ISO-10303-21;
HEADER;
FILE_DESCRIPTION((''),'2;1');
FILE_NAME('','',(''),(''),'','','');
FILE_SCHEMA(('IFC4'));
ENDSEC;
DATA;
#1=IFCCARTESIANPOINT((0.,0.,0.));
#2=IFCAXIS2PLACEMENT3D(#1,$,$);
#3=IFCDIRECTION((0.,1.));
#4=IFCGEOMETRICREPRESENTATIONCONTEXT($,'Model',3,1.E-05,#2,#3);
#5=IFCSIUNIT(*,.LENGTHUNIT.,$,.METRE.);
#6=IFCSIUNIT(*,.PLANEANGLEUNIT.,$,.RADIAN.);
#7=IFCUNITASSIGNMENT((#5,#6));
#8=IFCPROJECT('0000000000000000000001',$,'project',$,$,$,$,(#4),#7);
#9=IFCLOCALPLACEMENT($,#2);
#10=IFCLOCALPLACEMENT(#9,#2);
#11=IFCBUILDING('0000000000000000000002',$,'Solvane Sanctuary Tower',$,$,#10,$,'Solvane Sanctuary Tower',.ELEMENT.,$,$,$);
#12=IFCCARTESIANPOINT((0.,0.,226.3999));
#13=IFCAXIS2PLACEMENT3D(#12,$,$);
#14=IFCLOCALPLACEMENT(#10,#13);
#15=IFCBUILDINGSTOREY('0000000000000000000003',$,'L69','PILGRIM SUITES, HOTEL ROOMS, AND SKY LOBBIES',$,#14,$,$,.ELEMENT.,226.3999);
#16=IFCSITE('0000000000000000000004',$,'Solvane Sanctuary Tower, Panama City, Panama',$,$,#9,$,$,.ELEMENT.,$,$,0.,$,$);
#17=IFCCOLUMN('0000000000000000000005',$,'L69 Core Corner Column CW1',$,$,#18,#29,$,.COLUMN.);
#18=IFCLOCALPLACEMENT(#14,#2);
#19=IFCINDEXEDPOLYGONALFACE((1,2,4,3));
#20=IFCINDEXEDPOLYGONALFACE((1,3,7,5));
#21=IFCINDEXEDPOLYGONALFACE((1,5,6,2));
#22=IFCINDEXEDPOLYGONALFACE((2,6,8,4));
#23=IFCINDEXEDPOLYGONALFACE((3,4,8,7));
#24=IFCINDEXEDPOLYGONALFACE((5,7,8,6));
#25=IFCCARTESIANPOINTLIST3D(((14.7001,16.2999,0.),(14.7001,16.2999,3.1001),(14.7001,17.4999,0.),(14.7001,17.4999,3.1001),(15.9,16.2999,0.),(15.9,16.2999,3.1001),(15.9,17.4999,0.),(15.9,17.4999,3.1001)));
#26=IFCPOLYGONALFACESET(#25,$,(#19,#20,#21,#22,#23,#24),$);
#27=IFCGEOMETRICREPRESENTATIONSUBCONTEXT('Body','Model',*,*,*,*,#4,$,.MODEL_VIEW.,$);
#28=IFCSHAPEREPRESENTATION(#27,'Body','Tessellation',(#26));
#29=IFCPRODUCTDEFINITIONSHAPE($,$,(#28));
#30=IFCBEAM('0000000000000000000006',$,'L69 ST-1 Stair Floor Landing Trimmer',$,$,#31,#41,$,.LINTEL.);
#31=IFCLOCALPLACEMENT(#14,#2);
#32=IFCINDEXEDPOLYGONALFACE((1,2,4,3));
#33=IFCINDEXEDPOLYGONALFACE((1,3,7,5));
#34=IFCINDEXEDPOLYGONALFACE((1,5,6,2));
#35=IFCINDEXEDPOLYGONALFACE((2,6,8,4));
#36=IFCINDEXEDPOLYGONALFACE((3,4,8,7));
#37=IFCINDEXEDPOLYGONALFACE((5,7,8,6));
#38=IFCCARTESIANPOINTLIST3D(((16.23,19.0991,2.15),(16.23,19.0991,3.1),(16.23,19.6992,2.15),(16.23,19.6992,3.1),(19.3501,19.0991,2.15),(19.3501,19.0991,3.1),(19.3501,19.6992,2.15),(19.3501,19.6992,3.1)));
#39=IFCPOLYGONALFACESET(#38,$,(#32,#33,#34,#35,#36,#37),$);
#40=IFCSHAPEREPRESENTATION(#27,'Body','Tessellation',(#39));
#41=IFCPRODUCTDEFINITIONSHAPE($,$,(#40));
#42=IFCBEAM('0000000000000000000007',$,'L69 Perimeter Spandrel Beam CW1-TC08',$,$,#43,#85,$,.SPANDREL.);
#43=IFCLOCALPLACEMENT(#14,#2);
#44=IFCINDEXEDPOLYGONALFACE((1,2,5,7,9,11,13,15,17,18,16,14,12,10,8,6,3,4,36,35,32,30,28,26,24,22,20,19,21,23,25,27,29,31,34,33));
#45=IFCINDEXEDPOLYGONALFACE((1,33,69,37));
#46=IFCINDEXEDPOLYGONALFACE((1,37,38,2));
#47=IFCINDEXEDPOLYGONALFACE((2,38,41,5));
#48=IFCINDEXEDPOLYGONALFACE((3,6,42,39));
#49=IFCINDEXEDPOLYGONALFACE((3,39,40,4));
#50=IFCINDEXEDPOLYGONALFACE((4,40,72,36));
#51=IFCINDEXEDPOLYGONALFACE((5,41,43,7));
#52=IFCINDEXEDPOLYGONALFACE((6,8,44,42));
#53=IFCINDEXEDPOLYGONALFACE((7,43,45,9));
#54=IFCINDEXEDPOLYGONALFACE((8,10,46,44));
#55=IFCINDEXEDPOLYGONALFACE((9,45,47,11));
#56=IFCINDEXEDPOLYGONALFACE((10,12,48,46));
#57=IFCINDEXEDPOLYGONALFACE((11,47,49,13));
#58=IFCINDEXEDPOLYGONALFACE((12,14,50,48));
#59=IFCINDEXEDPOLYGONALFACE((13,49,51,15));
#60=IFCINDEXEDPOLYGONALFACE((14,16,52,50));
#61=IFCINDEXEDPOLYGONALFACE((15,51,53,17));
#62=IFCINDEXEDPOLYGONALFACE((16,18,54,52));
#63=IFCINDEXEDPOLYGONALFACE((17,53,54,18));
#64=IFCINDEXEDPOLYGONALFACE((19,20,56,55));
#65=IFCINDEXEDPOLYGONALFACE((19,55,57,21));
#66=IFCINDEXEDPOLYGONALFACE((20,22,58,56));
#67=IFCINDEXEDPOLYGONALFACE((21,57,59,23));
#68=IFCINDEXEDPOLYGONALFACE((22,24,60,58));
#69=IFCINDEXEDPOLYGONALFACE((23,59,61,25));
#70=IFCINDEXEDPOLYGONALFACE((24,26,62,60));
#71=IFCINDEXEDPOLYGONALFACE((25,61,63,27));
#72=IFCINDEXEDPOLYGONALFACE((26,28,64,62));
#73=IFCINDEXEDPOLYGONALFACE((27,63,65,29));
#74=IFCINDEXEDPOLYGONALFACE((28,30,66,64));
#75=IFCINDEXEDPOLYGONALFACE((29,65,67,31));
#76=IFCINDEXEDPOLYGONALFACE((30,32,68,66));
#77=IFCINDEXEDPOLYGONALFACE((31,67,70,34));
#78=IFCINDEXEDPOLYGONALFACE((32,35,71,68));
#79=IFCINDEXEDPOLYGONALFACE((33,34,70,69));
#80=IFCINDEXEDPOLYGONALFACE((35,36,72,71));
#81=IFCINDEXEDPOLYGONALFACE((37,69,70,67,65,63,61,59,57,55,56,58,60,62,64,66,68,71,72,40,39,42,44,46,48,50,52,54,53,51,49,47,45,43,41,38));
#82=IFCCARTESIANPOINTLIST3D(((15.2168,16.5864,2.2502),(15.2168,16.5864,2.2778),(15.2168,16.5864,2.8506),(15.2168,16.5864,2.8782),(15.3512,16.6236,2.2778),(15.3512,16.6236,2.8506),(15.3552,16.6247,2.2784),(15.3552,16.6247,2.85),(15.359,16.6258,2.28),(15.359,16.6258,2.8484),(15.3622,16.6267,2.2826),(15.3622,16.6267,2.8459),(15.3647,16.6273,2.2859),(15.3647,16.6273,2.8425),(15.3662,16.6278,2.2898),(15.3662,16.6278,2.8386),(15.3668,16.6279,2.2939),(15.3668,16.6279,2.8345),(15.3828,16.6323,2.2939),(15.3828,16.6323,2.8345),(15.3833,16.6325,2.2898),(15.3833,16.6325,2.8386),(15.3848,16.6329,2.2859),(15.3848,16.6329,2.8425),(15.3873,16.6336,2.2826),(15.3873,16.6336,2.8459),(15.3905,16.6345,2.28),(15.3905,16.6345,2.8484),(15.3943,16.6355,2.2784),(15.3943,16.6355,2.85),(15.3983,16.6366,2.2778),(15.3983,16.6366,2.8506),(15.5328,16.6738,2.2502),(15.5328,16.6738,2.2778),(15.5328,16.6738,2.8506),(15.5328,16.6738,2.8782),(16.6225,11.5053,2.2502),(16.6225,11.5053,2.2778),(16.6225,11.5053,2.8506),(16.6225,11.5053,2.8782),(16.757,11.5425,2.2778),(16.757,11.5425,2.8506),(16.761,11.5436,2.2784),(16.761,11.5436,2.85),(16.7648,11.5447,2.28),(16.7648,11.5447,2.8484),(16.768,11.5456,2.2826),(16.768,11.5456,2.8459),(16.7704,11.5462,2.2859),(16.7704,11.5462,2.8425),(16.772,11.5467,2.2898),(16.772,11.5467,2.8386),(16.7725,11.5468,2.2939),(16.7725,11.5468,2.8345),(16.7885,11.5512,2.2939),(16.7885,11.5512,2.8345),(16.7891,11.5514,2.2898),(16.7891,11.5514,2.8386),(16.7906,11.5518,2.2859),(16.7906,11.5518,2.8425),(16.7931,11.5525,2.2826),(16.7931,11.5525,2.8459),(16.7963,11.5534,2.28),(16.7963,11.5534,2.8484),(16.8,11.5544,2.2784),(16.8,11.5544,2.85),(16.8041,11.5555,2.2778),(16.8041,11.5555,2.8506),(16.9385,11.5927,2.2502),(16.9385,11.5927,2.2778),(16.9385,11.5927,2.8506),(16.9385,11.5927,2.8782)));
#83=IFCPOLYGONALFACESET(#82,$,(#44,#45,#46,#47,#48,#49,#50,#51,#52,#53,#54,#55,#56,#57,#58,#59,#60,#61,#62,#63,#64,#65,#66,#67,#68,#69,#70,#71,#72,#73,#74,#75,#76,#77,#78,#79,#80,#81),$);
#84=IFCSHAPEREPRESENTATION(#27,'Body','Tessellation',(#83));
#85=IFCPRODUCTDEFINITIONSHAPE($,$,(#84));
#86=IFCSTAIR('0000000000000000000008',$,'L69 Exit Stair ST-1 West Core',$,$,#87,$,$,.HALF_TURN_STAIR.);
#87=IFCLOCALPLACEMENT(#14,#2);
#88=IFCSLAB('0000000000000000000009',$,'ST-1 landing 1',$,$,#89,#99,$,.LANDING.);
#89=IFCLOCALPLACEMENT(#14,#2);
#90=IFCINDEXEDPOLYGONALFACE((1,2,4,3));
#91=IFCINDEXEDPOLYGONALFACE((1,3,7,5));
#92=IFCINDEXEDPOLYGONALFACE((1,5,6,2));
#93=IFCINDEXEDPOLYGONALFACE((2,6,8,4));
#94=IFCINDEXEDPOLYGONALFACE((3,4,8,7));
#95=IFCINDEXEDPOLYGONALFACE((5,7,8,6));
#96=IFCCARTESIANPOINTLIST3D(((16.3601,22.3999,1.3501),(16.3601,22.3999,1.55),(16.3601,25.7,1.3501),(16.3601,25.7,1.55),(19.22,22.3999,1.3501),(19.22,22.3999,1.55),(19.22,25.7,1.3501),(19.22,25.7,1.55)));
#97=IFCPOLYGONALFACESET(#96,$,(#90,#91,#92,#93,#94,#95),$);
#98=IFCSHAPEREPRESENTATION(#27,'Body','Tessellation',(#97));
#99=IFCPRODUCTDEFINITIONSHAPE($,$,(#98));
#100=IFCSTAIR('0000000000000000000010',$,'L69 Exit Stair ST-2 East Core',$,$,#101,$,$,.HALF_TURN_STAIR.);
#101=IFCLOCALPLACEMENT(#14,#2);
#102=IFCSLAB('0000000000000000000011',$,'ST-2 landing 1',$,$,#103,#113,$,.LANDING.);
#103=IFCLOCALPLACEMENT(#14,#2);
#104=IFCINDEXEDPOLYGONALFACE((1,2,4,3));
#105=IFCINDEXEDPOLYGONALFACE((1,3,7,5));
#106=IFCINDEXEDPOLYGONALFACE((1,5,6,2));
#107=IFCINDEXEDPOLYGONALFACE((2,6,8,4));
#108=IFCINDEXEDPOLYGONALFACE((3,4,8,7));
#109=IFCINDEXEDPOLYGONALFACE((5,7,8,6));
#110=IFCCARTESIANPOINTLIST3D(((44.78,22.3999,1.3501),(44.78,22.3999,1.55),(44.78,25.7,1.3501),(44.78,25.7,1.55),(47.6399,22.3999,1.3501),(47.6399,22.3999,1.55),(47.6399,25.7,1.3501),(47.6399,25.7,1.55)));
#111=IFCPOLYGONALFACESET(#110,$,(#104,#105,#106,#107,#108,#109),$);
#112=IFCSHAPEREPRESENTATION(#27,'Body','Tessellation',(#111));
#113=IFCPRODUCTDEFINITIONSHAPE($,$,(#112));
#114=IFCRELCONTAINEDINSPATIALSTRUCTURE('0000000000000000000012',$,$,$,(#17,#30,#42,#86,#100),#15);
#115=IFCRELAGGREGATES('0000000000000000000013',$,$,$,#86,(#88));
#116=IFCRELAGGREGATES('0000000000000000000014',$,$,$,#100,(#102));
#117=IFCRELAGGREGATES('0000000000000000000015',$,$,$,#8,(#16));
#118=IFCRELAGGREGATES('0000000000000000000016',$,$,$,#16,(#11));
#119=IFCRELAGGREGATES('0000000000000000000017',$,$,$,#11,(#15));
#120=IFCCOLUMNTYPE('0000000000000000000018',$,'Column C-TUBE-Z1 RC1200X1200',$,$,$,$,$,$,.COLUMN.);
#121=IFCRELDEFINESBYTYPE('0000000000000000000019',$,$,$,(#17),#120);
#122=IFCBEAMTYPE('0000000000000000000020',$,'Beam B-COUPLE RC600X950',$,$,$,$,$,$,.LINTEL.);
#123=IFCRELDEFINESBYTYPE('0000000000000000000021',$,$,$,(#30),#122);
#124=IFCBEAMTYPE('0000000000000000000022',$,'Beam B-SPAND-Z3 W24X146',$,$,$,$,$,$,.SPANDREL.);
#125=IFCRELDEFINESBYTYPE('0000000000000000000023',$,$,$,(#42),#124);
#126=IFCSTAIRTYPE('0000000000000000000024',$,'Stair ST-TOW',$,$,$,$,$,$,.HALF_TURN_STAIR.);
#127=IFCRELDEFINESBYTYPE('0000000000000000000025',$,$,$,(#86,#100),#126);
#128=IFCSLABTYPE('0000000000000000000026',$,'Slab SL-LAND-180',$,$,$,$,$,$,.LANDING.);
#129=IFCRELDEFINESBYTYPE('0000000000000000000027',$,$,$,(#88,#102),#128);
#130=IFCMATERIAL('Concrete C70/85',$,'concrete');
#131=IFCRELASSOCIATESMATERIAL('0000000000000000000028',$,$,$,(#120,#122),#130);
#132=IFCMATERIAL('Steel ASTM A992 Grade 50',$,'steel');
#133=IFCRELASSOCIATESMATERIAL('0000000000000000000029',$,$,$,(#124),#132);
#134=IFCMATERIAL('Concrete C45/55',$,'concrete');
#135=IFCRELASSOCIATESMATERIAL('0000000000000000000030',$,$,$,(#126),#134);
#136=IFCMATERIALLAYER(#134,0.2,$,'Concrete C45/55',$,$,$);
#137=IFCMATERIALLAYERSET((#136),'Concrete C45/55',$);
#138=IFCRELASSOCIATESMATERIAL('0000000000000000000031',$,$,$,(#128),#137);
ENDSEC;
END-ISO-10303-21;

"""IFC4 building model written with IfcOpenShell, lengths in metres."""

from ifc_helpers import new_model, si_unit, direction, frame, origin, origin_2d, place, context, subcontext, project, spatial, polyline, rectangle, i_section, outline, extrude, material, layer, layer_set, material_profile, profile_set, type_object, element, aggregate, save


model = new_model("IFC4")

# Units and contexts
model_context = context("Model", 3, precision=1e-05, world=origin(), true_north=direction((0.0, 1.0)))
body_context = subcontext(model_context, "Body", "Model", "MODEL_VIEW")
ifc_project = project(units=[si_unit("LENGTHUNIT", "METRE"), si_unit("PLANEANGLEUNIT", "RADIAN")], contexts=[model_context])

# Site, building, storey
site_placement = place(None, origin())
site = spatial("IfcSite", under=ifc_project, at=site_placement, Name="Solvane Sanctuary Tower, Panama City, Panama", CompositionType="ELEMENT", RefElevation=0.0)
building_placement = place(site_placement, origin())
building = spatial("IfcBuilding", under=site, at=building_placement, Name="Solvane Sanctuary Tower", LongName="Solvane Sanctuary Tower", CompositionType="ELEMENT")
storey_placement = place(building_placement, frame((0.0, 0.0, 226.3999)))
storey = spatial("IfcBuildingStorey", under=building, at=storey_placement, Name="L69", Description="PILGRIM SUITES, HOTEL ROOMS, AND SKY LOBBIES", CompositionType="ELEMENT", Elevation=226.3999)

# Column
ifc_material_1 = material(Name="Concrete C70/85", Category="concrete")
ifc_material_profile_1 = material_profile(ifc_material_1, rectangle(XDim=1.2, YDim=1.2, at=origin_2d()), Name="RC1200X1200")
ifc_profile_set_1 = profile_set([ifc_material_profile_1], Name="Concrete C70/85")
column_type = type_object("IfcColumnType", Name="Column C-TUBE-Z1 RC1200X1200", PredefinedType="COLUMN", material=ifc_profile_set_1)
column_placement = place(storey_placement, frame((15.3, 16.8999, 0.0), z_axis=(0.0, 0.0, 1.0), x_axis=(1.0, 0.0, 0.0)))
element("IfcColumn", 1, at=column_placement, inside=storey, type_object=column_type, Name="L69 Core Corner Column CW1", PredefinedType="COLUMN", context=body_context, shape_type="SweptSolid", body=[
    extrude(rectangle(XDim=1.2, YDim=1.2, at=origin_2d()), origin(), (0.0, 0.0, 1.0), 3.1001),
])

# Beams
ifc_material_profile_2 = material_profile(ifc_material_1, rectangle(XDim=0.6001, YDim=0.95, at=origin_2d()), Name="RC600X950")
ifc_profile_set_2 = profile_set([ifc_material_profile_2], Name="Concrete C70/85")
beam_type_1 = type_object("IfcBeamType", Name="Beam B-COUPLE RC600X950", PredefinedType="LINTEL", material=ifc_profile_set_2)
beam_1_placement = place(storey_placement, frame((16.23, 19.3992, 2.625), z_axis=(1.0, 0.0, 0.0), x_axis=(0.0, 1.0, 0.0)))
element("IfcBeam", 2, at=beam_1_placement, inside=storey, type_object=beam_type_1, Name="L69 ST-1 Stair Floor Landing Trimmer", PredefinedType="LINTEL", context=body_context, shape_type="SweptSolid", body=[
    extrude(rectangle(XDim=0.6001, YDim=0.95, at=origin_2d()), origin(), (0.0, 0.0, 1.0), 3.1201),
])
ifc_material_2 = material(Name="Steel ASTM A992 Grade 50", Category="steel")
ifc_material_profile_3 = material_profile(ifc_material_2, i_section(OverallWidth=0.3279, OverallDepth=0.6279, WebThickness=0.0166, FlangeThickness=0.0276, FilletRadius=0.0161, at=origin_2d()), Name="W24X146")
ifc_profile_set_3 = profile_set([ifc_material_profile_3], Name="Steel ASTM A992 Grade 50")
beam_type_2 = type_object("IfcBeamType", Name="Beam B-SPAND-Z3 W24X146", PredefinedType="SPANDREL", material=ifc_profile_set_3)
beam_2_placement = place(storey_placement, frame((15.3748, 16.6301, 2.5642), z_axis=(0.26665, -0.963793, 0.0), x_axis=(0.963793, 0.26665, 0.0)))
element("IfcBeam", 3, at=beam_2_placement, inside=storey, type_object=beam_type_2, Name="L69 Perimeter Spandrel Beam CW1-TC08", PredefinedType="SPANDREL", context=body_context, shape_type="SweptSolid", body=[
    extrude(i_section(OverallWidth=0.3279, OverallDepth=0.6279, WebThickness=0.0166, FlangeThickness=0.0276, FilletRadius=0.0161, at=origin_2d()), origin(), (0.0, 0.0, 1.0), 5.272),
])

# Stairs, slabs
ifc_material_3 = material(Name="Concrete C45/55", Category="concrete")
stair_type = type_object("IfcStairType", Name="Stair ST-TOW", PredefinedType="HALF_TURN_STAIR", material=ifc_material_3)
stair_1_placement = place(storey_placement, origin())
stair_1 = element("IfcStair", 4, at=stair_1_placement, inside=storey, type_object=stair_type, Name="L69 Exit Stair ST-1 West Core", PredefinedType="HALF_TURN_STAIR")
ifc_layer_1 = layer(ifc_material_3, 0.2, Name="Concrete C45/55")
ifc_layer_set_1 = layer_set([ifc_layer_1], Name="Concrete C45/55")
slab_type_1 = type_object("IfcSlabType", Name="Slab SL-LAND-180", PredefinedType="LANDING", material=ifc_layer_set_1)
slab_1_placement = place(storey_placement, frame((0.0, 0.0, 1.3501)))
slab_1 = element("IfcSlab", 5, at=slab_1_placement, type_object=slab_type_1, Name="ST-1 landing 1", PredefinedType="LANDING", context=body_context, shape_type="SweptSolid", body=[
    extrude(outline(polyline([(19.22, 22.3999), (19.22, 25.7), (16.3601, 25.7), (16.3601, 22.3999), (19.22, 22.3999)])), origin(), (0.0, 0.0, 1.0), 0.2),
])
aggregate(stair_1, [slab_1])
stair_2_placement = place(storey_placement, origin())
stair_2 = element("IfcStair", 6, at=stair_2_placement, inside=storey, type_object=stair_type, Name="L69 Exit Stair ST-2 East Core", PredefinedType="HALF_TURN_STAIR")
slab_2_placement = place(storey_placement, frame((0.0, 0.0, 1.3501)))
slab_2 = element("IfcSlab", 7, at=slab_2_placement, type_object=slab_type_1, Name="ST-2 landing 1", PredefinedType="LANDING", context=body_context, shape_type="SweptSolid", body=[
    extrude(outline(polyline([(47.6399, 22.3999), (47.6399, 25.7), (44.78, 25.7), (44.78, 22.3999), (47.6399, 22.3999)])), origin(), (0.0, 0.0, 1.0), 0.2),
])
aggregate(stair_2, [slab_2])

save(model, "model.ifc")
